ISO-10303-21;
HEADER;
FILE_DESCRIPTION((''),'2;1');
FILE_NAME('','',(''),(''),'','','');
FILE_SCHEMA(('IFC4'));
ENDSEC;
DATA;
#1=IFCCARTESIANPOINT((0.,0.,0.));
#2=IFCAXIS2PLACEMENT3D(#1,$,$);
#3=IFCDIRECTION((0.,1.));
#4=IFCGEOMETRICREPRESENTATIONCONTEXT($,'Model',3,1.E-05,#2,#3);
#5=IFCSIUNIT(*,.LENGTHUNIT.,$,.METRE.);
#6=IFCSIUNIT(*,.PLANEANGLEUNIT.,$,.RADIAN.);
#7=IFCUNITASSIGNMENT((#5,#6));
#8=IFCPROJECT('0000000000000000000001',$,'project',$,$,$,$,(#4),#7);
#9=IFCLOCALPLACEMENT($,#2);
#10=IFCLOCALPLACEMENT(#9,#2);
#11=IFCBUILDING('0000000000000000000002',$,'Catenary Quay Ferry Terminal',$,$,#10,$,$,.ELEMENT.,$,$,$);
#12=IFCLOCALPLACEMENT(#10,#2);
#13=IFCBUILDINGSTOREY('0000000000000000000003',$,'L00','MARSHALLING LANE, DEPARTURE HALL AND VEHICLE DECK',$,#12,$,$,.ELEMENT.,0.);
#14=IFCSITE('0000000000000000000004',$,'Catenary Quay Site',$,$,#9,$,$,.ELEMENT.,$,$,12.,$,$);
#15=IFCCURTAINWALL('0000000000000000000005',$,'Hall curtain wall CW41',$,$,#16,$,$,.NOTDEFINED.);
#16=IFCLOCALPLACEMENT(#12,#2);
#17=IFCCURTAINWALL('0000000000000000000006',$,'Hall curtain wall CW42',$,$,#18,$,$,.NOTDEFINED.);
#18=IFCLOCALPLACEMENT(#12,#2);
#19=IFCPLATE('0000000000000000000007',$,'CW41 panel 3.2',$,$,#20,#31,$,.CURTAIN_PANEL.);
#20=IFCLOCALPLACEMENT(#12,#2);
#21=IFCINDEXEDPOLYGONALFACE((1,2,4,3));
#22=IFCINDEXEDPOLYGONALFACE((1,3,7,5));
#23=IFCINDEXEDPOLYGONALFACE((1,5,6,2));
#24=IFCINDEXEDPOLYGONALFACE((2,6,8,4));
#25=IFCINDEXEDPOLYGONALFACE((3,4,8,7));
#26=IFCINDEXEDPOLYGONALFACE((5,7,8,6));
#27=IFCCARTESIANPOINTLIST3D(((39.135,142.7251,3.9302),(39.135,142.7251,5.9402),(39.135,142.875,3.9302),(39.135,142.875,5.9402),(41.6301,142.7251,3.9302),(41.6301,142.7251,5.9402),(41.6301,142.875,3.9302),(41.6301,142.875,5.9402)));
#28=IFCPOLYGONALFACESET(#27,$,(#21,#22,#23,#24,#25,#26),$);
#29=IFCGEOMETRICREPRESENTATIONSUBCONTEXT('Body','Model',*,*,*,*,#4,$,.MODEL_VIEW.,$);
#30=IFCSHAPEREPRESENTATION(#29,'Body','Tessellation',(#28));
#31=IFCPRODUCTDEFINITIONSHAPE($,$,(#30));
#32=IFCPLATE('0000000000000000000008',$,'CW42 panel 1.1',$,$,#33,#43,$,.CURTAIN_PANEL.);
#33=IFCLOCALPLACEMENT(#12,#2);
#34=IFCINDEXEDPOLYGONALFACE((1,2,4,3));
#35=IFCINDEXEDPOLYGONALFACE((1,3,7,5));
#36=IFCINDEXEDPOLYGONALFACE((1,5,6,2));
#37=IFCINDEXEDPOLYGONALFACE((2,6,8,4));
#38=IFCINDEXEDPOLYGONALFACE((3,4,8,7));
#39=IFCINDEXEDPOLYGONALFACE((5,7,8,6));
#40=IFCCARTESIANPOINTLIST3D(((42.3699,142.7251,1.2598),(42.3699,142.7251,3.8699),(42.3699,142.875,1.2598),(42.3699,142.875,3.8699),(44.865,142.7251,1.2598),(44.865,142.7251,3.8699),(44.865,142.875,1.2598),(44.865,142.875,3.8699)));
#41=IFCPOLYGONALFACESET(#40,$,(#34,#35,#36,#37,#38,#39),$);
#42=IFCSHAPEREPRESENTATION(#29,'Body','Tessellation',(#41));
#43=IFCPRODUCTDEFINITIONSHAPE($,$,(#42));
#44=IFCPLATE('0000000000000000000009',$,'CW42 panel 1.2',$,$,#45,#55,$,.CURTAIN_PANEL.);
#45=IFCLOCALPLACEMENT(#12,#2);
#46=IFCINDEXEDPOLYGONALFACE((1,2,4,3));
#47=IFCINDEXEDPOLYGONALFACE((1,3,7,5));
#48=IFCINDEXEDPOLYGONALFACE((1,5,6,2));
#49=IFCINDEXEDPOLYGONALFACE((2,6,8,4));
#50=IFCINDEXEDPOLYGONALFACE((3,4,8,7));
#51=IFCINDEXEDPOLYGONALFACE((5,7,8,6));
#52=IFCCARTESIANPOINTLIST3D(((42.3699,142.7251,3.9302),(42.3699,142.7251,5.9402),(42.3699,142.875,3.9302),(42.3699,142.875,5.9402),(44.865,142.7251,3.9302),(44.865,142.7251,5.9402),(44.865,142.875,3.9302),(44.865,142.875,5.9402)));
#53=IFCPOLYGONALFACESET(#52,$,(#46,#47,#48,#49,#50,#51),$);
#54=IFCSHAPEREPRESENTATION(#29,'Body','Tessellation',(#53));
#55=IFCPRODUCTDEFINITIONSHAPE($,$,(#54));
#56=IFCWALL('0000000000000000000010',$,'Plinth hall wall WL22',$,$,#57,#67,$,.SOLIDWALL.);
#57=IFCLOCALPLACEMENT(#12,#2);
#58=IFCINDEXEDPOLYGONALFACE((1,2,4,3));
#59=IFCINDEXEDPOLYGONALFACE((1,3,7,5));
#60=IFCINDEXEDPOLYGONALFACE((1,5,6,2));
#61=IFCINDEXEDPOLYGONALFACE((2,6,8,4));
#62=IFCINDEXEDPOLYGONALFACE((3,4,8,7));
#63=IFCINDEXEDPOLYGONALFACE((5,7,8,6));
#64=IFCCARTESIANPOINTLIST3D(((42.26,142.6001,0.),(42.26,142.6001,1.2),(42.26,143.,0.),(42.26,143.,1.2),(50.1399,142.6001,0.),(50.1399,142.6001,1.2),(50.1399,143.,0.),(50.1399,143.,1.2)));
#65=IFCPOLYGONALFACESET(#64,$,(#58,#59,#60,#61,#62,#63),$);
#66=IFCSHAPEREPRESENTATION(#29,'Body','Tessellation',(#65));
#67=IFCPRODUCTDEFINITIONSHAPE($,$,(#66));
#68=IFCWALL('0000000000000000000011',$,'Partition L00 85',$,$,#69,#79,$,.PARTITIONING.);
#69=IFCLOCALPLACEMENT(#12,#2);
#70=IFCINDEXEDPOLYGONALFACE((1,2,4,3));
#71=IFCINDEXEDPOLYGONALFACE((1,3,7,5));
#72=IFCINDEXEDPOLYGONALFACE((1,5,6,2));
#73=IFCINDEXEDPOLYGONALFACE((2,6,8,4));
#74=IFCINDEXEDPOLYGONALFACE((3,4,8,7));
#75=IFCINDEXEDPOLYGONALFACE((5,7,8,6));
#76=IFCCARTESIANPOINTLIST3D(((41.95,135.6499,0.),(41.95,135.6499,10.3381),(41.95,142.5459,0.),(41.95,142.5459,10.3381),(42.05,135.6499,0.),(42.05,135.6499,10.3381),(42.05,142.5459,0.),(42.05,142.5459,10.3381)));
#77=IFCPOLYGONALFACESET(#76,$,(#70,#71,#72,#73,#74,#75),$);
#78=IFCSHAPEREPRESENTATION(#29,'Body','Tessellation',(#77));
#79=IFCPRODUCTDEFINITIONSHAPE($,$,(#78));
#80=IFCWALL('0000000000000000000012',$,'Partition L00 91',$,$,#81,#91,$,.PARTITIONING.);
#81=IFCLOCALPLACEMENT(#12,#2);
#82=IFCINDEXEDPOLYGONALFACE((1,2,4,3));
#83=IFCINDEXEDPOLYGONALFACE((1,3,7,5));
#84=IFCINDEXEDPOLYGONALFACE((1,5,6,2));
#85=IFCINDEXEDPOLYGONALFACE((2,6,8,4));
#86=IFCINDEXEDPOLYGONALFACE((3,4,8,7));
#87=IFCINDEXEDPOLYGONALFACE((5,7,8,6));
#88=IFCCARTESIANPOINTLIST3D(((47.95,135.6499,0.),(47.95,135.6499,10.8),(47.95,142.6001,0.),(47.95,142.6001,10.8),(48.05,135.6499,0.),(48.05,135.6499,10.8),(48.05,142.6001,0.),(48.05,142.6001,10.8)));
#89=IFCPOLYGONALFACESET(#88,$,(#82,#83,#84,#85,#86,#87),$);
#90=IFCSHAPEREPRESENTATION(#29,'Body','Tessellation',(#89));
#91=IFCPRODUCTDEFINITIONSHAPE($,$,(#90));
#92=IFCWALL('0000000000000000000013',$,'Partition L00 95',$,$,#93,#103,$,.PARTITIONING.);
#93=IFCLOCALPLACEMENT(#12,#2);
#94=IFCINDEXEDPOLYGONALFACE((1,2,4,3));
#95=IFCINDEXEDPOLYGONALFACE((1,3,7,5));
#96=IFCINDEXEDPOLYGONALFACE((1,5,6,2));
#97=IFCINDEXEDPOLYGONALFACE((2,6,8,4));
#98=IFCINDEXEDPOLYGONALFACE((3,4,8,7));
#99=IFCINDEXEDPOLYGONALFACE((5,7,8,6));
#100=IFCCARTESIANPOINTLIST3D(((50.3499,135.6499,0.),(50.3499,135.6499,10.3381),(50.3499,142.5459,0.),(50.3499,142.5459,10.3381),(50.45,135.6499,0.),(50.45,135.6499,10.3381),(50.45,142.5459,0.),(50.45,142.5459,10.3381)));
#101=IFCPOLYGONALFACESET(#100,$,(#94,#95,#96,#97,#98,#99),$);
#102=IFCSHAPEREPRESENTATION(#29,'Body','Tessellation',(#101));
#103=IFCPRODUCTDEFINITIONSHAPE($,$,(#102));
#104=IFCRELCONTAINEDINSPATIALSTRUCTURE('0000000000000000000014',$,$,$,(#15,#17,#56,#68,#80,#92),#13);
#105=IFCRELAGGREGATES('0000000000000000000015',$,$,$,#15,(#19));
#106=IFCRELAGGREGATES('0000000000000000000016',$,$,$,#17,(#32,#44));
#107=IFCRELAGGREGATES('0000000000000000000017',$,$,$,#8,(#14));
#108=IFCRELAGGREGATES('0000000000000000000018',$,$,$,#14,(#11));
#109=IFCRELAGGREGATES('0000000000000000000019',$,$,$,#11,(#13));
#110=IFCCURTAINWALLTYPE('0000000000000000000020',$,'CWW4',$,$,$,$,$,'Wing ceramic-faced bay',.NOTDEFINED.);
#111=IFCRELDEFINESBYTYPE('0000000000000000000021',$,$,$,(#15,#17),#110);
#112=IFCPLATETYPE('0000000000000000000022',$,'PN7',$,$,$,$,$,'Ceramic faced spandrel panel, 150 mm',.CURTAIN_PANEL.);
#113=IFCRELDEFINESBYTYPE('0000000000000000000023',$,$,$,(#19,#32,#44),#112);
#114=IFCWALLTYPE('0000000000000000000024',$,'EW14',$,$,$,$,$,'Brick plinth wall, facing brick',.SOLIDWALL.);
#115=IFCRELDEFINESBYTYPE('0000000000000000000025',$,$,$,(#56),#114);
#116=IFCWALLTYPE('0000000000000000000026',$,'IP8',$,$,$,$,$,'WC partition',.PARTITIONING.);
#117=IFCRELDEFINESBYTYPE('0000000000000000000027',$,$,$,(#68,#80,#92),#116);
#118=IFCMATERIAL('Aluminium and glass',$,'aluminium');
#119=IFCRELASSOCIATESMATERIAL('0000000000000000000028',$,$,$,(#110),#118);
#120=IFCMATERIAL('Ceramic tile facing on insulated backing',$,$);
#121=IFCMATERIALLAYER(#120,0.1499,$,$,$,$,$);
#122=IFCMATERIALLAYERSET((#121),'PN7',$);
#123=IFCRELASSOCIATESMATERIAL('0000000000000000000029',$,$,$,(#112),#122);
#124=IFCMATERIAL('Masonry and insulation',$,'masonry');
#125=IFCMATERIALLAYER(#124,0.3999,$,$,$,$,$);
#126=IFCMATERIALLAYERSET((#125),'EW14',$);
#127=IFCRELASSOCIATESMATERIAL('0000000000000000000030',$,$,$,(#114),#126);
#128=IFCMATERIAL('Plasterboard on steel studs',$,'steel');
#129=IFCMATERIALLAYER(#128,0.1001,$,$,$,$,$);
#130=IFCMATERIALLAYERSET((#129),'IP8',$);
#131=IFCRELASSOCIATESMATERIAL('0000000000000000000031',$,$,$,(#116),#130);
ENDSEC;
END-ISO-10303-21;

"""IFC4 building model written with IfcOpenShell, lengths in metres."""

from ifc_helpers import new_model, si_unit, direction, frame, frame_2d, origin, origin_2d, place, context, subcontext, project, spatial, rectangle, extrude, material, layer, layer_set, type_object, element, aggregate, save


model = new_model("IFC4")

# Units and contexts
model_context = context("Model", 3, precision=1e-05, world=origin(), true_north=direction((0.0, 1.0)))
body_context = subcontext(model_context, "Body", "Model", "MODEL_VIEW")
ifc_project = project(units=[si_unit("LENGTHUNIT", "METRE"), si_unit("PLANEANGLEUNIT", "RADIAN")], contexts=[model_context])

# Site, building, storey
site_placement = place(None, origin())
site = spatial("IfcSite", under=ifc_project, at=site_placement, Name="Catenary Quay Site", CompositionType="ELEMENT", RefElevation=12.0)
building_placement = place(site_placement, origin())
building = spatial("IfcBuilding", under=site, at=building_placement, Name="Catenary Quay Ferry Terminal", CompositionType="ELEMENT")
storey_placement = place(building_placement, origin())
storey = spatial("IfcBuildingStorey", under=building, at=storey_placement, Name="L00", Description="MARSHALLING LANE, DEPARTURE HALL AND VEHICLE DECK", CompositionType="ELEMENT", Elevation=0.0)

# Curtain wall
ifc_material_1 = material(Name="Aluminium and glass", Category="aluminium")
curtain_wall_type = type_object("IfcCurtainWallType", Name="CWW4", ElementType="Wing ceramic-faced bay", PredefinedType="NOTDEFINED", material=ifc_material_1)
curtain_wall_1_placement = place(storey_placement, origin())
curtain_wall_1 = element("IfcCurtainWall", 1, at=curtain_wall_1_placement, inside=storey, type_object=curtain_wall_type, Name="Hall curtain wall CW41", PredefinedType="NOTDEFINED")

# Curtain wall
curtain_wall_2_placement = place(storey_placement, origin())
curtain_wall_2 = element("IfcCurtainWall", 2, at=curtain_wall_2_placement, inside=storey, type_object=curtain_wall_type, Name="Hall curtain wall CW42", PredefinedType="NOTDEFINED")

# Plates
ifc_material_2 = material(Name="Ceramic tile facing on insulated backing")
ifc_layer_1 = layer(ifc_material_2, 0.1499)
ifc_layer_set_1 = layer_set([ifc_layer_1], Name="PN7")
plate_type = type_object("IfcPlateType", Name="PN7", ElementType="Ceramic faced spandrel panel, 150 mm", PredefinedType="CURTAIN_PANEL", material=ifc_layer_set_1)
plate_1_placement = place(storey_placement, frame((40.3826, 142.8, 3.9302), z_axis=(0.0, 0.0, 1.0), x_axis=(1.0, 0.0, 0.0)))
plate_1 = element("IfcPlate", 3, at=plate_1_placement, type_object=plate_type, Name="CW41 panel 3.2", PredefinedType="CURTAIN_PANEL", context=body_context, shape_type="SweptSolid", body=[
    extrude(rectangle(XDim=2.4951, YDim=0.1499, at=origin_2d()), origin(), (0.0, 0.0, 1.0), 2.01),
])
aggregate(curtain_wall_1, [plate_1])
plate_2_placement = place(storey_placement, frame((43.6174, 142.8, 1.2598), z_axis=(0.0, 0.0, 1.0), x_axis=(1.0, 0.0, 0.0)))
plate_2 = element("IfcPlate", 4, at=plate_2_placement, type_object=plate_type, Name="CW42 panel 1.1", PredefinedType="CURTAIN_PANEL", context=body_context, shape_type="SweptSolid", body=[
    extrude(rectangle(XDim=2.4951, YDim=0.1499, at=origin_2d()), origin(), (0.0, 0.0, 1.0), 2.6101),
])
plate_3_placement = place(storey_placement, frame((43.6174, 142.8, 3.9302), z_axis=(0.0, 0.0, 1.0), x_axis=(1.0, 0.0, 0.0)))
plate_3 = element("IfcPlate", 5, at=plate_3_placement, type_object=plate_type, Name="CW42 panel 1.2", PredefinedType="CURTAIN_PANEL", context=body_context, shape_type="SweptSolid", body=[
    extrude(rectangle(XDim=2.4951, YDim=0.1499, at=origin_2d()), origin(), (0.0, 0.0, 1.0), 2.01),
])
aggregate(curtain_wall_2, [plate_2, plate_3])

# Walls
ifc_material_3 = material(Name="Masonry and insulation", Category="masonry")
ifc_layer_2 = layer(ifc_material_3, 0.3999)
ifc_layer_set_2 = layer_set([ifc_layer_2], Name="EW14")
wall_type_1 = type_object("IfcWallType", Name="EW14", ElementType="Brick plinth wall, facing brick", PredefinedType="SOLIDWALL", material=ifc_layer_set_2)
wall_1_placement = place(storey_placement, frame((42.26, 142.8, 0.0), z_axis=(0.0, 0.0, 1.0), x_axis=(1.0, 0.0, 0.0)))
element("IfcWall", 6, at=wall_1_placement, inside=storey, type_object=wall_type_1, Name="Plinth hall wall WL22", PredefinedType="SOLIDWALL", context=body_context, shape_type="SweptSolid", body=[
    extrude(rectangle(XDim=7.8799, YDim=0.3999, at=frame_2d((3.9399, 0.0))), origin(), (0.0, 0.0, 1.0), 1.2),
])
ifc_material_4 = material(Name="Plasterboard on steel studs", Category="steel")
ifc_layer_3 = layer(ifc_material_4, 0.1001)
ifc_layer_set_3 = layer_set([ifc_layer_3], Name="IP8")
wall_type_2 = type_object("IfcWallType", Name="IP8", ElementType="WC partition", PredefinedType="PARTITIONING", material=ifc_layer_set_3)
wall_2_placement = place(storey_placement, frame((42.0, 135.6499, 0.0), z_axis=(0.0, 0.0, 1.0), x_axis=(0.0, 1.0, 0.0)))
element("IfcWall", 7, at=wall_2_placement, inside=storey, type_object=wall_type_2, Name="Partition L00 85", PredefinedType="PARTITIONING", context=body_context, shape_type="SweptSolid", body=[
    extrude(rectangle(XDim=6.896, YDim=0.1001, at=frame_2d((3.448, 0.0))), origin(), (0.0, 0.0, 1.0), 10.3381),
])
wall_3_placement = place(storey_placement, frame((48.0, 135.6499, 0.0), z_axis=(0.0, 0.0, 1.0), x_axis=(0.0, 1.0, 0.0)))
element("IfcWall", 8, at=wall_3_placement, inside=storey, type_object=wall_type_2, Name="Partition L00 91", PredefinedType="PARTITIONING", context=body_context, shape_type="SweptSolid", body=[
    extrude(rectangle(XDim=6.9502, YDim=0.1001, at=frame_2d((3.4751, 0.0))), origin(), (0.0, 0.0, 1.0), 10.8),
])
wall_4_placement = place(storey_placement, frame((50.3999, 135.6499, 0.0), z_axis=(0.0, 0.0, 1.0), x_axis=(0.0, 1.0, 0.0)))
element("IfcWall", 9, at=wall_4_placement, inside=storey, type_object=wall_type_2, Name="Partition L00 95", PredefinedType="PARTITIONING", context=body_context, shape_type="SweptSolid", body=[
    extrude(rectangle(XDim=6.896, YDim=0.1001, at=frame_2d((3.448, 0.0))), origin(), (0.0, 0.0, 1.0), 10.3381),
])

save(model, "model.ifc")
